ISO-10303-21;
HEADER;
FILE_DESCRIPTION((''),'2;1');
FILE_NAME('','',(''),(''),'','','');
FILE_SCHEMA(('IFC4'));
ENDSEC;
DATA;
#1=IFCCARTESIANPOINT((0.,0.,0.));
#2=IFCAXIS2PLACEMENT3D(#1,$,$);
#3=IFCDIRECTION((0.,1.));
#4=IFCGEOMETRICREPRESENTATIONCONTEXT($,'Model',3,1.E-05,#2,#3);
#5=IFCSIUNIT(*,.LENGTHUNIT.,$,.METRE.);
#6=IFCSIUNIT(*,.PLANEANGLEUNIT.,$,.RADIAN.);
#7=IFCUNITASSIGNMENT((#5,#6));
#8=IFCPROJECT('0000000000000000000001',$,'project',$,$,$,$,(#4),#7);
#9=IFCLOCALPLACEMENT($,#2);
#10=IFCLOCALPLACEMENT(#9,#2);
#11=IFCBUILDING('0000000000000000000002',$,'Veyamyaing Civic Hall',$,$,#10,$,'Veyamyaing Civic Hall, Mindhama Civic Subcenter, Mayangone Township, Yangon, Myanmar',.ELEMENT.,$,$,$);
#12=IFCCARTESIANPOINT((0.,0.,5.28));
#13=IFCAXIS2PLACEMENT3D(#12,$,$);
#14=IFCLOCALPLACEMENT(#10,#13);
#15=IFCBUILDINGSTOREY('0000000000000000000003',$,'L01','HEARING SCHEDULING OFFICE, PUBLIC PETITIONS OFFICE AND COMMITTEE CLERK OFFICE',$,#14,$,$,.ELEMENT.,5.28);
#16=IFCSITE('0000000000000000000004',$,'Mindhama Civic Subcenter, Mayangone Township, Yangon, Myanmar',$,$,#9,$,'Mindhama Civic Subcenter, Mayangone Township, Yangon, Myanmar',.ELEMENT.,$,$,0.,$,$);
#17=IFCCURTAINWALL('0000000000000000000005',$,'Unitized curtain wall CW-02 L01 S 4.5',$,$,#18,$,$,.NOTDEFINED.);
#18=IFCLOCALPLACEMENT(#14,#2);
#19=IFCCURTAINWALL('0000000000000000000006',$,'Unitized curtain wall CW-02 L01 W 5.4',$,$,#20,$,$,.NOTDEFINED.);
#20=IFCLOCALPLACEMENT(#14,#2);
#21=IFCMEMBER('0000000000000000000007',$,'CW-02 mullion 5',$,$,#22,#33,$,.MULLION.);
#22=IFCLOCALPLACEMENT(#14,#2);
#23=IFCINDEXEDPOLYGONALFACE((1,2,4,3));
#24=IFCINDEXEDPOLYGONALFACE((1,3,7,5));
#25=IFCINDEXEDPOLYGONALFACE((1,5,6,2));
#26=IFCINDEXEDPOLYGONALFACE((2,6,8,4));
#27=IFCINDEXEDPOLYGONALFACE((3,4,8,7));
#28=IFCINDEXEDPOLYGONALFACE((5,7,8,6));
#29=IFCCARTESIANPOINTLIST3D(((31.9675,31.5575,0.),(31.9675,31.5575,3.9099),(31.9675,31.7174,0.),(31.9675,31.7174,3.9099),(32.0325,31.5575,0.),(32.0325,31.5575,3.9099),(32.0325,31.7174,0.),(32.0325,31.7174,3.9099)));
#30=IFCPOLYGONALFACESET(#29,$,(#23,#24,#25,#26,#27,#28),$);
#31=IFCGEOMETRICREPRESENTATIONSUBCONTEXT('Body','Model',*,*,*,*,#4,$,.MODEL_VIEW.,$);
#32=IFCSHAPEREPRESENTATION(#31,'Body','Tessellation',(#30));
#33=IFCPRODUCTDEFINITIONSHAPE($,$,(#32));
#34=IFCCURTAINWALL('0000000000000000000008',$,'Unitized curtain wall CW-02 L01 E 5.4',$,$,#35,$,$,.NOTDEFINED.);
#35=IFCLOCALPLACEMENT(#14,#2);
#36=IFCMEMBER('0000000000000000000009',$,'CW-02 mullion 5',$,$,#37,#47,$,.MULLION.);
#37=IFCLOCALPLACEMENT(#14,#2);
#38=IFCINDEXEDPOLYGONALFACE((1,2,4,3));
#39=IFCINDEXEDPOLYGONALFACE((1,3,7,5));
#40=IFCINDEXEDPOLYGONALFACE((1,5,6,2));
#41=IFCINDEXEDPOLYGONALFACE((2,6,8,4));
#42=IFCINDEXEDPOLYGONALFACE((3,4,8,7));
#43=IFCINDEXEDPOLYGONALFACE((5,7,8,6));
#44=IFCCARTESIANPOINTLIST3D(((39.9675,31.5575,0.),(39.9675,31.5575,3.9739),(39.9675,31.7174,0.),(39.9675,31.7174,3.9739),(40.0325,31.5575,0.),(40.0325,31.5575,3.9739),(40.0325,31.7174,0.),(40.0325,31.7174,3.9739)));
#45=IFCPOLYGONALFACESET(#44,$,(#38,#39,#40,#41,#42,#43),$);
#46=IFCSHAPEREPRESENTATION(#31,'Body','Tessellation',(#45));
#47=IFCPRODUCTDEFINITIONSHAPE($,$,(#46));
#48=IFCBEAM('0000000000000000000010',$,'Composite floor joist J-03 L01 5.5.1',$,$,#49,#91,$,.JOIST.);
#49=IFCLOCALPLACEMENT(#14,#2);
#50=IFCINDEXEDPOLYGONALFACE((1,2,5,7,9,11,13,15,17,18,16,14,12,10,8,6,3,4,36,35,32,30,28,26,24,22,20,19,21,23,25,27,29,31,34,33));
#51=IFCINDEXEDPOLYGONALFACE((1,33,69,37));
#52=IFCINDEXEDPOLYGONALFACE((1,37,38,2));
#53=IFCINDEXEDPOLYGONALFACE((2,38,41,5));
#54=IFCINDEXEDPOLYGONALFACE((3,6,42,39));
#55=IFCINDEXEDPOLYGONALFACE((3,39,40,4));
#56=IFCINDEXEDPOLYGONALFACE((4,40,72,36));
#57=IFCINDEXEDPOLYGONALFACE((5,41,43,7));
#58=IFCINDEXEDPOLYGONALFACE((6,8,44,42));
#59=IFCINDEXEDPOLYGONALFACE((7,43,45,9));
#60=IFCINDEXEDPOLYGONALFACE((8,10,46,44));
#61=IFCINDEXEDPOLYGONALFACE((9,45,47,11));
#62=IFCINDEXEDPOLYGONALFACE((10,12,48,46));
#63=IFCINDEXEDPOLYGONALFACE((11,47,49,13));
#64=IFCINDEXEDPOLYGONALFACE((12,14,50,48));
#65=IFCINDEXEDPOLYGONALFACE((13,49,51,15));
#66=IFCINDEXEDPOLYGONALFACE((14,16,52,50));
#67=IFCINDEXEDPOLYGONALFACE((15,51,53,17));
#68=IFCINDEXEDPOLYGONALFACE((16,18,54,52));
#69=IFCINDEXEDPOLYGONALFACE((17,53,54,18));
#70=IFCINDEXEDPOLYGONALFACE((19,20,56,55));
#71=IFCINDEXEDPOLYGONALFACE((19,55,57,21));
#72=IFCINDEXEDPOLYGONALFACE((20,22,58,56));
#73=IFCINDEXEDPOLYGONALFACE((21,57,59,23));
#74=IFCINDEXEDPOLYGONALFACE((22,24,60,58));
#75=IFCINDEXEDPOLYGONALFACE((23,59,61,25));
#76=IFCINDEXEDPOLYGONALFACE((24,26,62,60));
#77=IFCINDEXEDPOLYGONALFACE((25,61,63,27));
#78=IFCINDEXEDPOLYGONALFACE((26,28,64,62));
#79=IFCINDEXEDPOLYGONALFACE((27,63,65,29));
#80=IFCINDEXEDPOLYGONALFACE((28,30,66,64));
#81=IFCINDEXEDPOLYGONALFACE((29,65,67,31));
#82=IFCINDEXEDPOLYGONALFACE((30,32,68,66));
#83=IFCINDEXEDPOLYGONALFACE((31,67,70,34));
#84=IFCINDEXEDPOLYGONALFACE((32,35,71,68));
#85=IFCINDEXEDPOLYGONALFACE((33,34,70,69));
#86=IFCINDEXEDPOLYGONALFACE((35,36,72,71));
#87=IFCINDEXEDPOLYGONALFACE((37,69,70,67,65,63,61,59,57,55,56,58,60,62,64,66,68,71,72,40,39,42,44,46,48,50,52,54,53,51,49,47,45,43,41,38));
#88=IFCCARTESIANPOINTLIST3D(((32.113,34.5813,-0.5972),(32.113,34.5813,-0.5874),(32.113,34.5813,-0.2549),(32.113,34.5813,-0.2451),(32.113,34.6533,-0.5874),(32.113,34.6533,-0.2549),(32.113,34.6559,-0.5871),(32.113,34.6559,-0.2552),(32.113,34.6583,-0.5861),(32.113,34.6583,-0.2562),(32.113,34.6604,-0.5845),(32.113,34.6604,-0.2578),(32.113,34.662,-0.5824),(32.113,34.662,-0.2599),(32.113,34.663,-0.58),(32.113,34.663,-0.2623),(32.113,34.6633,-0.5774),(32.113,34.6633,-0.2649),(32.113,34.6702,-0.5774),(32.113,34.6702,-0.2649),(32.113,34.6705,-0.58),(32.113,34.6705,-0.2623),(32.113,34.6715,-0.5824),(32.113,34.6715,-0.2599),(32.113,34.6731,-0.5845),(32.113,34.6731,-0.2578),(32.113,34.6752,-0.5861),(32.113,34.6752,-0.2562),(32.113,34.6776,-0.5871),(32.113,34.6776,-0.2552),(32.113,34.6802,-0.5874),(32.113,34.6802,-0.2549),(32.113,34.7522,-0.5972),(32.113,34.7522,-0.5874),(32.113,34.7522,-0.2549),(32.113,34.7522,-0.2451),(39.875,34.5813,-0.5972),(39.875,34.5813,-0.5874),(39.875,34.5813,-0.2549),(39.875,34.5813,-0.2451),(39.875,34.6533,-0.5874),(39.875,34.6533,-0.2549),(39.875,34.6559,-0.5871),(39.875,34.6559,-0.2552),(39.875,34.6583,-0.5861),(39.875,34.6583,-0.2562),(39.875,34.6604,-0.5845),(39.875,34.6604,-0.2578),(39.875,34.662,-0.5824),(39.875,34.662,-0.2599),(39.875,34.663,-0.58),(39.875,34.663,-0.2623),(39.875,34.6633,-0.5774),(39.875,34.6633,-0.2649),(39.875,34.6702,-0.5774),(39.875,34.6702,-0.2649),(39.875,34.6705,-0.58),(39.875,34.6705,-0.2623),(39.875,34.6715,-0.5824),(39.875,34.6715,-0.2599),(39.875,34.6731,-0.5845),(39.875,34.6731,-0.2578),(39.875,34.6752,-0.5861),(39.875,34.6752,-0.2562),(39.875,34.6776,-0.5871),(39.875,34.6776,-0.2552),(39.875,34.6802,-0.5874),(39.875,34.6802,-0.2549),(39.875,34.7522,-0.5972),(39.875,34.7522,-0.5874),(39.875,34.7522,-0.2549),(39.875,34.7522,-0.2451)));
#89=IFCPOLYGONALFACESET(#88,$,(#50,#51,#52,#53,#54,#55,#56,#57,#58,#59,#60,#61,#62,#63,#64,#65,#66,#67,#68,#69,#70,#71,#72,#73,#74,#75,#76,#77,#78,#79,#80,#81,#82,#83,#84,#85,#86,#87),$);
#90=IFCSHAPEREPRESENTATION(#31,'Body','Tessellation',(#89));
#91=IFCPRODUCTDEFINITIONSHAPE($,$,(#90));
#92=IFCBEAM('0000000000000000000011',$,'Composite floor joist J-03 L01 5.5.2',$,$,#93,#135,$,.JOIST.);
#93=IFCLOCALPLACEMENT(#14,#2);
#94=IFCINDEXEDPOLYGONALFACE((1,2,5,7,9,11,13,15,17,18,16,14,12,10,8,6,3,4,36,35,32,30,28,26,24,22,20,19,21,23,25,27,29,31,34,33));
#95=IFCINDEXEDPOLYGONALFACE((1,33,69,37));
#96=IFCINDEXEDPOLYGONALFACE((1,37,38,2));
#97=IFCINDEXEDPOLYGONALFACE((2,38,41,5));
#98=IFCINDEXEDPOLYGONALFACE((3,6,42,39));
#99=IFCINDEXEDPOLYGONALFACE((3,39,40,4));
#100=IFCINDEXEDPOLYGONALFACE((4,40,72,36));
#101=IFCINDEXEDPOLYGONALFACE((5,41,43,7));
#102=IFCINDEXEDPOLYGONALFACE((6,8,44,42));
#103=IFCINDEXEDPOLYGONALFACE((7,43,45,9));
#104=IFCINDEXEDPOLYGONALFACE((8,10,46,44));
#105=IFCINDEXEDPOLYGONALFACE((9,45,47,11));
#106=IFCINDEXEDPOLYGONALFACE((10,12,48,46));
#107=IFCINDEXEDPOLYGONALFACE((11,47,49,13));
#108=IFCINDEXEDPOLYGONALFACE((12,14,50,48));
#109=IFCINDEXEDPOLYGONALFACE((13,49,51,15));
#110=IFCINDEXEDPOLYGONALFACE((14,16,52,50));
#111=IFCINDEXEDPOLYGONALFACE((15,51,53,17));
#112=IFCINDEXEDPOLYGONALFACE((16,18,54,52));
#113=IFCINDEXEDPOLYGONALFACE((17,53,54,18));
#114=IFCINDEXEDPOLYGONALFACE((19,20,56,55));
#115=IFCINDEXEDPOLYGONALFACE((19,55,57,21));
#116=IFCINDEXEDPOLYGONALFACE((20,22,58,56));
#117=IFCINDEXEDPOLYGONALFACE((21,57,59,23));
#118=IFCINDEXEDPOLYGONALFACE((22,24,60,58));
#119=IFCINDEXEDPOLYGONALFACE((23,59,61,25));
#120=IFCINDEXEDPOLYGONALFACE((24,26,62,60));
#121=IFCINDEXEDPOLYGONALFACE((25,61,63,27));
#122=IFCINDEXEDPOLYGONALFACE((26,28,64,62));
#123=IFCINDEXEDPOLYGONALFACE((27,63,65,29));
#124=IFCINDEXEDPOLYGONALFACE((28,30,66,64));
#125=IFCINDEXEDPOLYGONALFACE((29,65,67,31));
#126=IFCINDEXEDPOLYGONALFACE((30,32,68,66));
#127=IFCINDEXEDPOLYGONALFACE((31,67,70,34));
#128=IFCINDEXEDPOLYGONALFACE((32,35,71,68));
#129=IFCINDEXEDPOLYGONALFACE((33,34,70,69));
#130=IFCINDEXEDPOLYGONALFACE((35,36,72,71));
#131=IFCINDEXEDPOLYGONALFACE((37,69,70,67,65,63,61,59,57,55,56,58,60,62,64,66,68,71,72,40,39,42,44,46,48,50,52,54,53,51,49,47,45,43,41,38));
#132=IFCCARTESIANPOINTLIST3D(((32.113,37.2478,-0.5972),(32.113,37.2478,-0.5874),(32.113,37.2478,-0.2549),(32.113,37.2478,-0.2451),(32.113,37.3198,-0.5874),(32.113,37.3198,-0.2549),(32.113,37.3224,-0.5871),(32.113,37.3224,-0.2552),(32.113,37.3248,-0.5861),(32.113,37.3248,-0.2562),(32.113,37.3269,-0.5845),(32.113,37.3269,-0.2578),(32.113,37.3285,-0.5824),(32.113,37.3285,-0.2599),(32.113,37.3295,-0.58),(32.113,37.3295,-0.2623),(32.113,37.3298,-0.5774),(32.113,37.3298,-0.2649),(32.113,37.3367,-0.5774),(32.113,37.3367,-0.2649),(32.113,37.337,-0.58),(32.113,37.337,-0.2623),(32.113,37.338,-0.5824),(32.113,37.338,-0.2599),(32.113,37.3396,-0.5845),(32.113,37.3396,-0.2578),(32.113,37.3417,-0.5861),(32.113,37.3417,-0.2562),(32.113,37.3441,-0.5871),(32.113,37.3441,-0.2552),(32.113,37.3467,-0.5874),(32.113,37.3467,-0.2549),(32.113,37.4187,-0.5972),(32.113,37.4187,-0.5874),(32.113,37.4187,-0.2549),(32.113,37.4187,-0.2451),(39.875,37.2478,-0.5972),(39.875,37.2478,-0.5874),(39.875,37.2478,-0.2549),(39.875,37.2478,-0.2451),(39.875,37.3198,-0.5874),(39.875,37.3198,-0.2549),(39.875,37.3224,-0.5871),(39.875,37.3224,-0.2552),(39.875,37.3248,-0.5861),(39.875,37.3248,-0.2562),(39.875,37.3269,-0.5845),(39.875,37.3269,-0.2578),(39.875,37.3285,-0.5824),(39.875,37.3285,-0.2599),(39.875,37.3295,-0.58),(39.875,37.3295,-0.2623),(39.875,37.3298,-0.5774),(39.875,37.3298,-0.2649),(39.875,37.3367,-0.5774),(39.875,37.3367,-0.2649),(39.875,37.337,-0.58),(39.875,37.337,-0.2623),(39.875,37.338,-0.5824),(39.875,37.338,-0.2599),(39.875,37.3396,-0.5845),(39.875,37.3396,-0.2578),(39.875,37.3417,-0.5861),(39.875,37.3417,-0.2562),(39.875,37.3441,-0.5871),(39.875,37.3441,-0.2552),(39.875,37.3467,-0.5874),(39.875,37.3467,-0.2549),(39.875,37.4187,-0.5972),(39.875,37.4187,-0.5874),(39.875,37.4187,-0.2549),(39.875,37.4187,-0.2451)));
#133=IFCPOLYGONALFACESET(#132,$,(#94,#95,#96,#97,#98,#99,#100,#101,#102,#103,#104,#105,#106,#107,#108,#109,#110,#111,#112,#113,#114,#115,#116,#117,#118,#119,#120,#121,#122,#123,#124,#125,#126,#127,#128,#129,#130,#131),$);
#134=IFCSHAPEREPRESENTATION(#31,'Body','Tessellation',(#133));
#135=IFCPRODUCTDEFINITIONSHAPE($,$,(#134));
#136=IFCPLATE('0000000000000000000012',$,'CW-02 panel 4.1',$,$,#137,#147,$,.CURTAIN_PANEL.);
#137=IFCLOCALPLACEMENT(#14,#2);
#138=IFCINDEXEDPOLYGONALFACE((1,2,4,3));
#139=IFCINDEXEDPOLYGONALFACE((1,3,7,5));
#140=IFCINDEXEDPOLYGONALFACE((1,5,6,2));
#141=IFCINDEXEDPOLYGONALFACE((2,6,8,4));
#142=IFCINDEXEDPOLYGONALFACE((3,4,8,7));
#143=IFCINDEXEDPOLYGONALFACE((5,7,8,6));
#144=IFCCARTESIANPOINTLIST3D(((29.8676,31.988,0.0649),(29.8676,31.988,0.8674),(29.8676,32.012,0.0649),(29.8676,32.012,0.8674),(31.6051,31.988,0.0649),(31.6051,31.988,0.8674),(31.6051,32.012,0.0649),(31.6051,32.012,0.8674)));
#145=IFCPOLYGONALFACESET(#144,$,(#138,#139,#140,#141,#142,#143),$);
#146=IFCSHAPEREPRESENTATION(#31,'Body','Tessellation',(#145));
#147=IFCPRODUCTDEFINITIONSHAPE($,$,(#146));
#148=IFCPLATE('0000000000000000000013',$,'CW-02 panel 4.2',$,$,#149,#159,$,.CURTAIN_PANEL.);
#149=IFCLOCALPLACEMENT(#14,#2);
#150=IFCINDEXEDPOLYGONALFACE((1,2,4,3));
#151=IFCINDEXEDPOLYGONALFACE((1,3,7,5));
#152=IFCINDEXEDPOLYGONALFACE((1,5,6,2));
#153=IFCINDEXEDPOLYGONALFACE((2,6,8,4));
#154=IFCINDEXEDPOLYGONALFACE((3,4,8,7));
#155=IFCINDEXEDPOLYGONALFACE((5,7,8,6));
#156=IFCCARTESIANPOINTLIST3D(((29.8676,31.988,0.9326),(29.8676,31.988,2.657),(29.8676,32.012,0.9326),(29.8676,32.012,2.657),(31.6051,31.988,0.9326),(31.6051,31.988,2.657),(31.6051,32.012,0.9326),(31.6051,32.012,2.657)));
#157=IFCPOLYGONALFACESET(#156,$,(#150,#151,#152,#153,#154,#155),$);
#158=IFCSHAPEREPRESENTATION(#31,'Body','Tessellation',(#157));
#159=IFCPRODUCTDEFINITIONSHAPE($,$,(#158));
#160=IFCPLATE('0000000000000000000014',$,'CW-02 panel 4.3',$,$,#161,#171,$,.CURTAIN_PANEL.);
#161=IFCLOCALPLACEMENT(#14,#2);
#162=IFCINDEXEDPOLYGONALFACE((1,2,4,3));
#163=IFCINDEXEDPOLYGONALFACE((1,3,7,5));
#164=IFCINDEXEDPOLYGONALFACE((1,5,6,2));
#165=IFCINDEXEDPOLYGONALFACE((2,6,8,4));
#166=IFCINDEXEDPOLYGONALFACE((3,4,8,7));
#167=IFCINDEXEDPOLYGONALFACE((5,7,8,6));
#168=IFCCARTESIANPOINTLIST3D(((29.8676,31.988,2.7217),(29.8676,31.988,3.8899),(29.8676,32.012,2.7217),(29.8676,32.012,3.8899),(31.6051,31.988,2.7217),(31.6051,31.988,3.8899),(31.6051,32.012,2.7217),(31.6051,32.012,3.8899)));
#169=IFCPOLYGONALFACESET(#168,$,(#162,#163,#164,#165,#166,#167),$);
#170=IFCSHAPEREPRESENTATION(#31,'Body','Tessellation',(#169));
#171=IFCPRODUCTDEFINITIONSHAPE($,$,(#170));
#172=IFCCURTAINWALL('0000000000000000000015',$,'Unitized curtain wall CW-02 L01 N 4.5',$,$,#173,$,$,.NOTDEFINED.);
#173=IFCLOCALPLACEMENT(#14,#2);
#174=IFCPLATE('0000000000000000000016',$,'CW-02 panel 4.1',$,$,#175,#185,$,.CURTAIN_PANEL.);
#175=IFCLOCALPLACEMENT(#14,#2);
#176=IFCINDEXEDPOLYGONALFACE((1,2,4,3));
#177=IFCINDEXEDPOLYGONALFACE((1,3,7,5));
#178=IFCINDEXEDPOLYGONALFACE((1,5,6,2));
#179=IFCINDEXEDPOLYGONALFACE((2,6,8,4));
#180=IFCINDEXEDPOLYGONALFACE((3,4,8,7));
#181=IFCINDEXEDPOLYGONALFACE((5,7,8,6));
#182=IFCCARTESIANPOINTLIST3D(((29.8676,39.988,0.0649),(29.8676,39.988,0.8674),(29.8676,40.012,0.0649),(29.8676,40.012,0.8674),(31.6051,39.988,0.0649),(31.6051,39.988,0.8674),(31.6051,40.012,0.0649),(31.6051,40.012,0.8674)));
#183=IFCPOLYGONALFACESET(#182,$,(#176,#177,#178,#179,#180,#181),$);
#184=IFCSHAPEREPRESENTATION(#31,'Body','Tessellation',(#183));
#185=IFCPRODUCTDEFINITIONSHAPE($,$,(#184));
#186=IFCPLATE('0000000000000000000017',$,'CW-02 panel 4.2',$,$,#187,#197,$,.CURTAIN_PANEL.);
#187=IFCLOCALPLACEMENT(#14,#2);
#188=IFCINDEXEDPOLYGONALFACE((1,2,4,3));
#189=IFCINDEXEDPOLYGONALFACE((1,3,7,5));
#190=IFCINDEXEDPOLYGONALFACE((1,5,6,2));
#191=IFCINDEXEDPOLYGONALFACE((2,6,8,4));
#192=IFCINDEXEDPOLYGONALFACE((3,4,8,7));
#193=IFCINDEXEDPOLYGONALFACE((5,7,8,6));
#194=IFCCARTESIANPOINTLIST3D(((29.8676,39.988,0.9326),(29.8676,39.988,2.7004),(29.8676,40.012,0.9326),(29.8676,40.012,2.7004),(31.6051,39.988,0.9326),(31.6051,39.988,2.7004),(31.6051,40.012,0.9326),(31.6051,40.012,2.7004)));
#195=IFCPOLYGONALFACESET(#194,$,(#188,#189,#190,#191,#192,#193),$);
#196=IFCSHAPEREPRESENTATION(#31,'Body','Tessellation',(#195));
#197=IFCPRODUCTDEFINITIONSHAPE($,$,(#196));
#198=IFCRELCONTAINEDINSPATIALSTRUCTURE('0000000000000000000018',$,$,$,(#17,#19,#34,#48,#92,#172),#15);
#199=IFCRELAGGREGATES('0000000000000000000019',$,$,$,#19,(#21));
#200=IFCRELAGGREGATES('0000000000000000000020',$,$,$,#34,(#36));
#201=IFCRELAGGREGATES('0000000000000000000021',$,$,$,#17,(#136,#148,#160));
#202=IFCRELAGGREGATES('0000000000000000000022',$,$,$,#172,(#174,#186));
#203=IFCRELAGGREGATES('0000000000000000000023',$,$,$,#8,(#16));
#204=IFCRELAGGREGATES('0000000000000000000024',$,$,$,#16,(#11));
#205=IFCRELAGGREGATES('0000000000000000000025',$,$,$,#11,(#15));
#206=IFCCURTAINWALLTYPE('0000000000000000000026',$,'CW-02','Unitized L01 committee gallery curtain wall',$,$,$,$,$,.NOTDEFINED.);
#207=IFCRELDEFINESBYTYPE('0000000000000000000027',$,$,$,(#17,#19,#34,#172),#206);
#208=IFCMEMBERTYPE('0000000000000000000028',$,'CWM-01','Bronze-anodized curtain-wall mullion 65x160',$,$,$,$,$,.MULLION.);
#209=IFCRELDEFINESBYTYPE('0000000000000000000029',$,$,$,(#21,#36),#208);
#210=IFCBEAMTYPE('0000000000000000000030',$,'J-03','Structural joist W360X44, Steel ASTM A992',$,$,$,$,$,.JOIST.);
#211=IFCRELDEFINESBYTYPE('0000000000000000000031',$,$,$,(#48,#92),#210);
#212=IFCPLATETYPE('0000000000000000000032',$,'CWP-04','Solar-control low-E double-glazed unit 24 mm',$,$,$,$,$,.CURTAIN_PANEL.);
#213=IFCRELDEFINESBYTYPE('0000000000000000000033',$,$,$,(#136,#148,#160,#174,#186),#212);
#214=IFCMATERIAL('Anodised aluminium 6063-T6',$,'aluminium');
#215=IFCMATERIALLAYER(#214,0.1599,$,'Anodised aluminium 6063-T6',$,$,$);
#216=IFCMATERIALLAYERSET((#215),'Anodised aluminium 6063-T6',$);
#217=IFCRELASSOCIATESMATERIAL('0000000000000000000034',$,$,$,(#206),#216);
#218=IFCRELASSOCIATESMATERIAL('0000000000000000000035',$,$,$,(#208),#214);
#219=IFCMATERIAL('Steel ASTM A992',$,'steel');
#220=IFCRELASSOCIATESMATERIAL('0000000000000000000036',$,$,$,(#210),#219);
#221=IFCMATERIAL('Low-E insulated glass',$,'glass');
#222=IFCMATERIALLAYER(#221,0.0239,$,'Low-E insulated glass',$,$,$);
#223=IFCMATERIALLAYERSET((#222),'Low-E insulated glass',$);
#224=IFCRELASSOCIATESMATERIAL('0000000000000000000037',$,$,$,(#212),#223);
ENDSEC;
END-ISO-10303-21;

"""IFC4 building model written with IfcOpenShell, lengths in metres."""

from ifc_helpers import new_model, si_unit, direction, frame, origin, origin_2d, place, context, subcontext, project, spatial, rectangle, i_section, extrude, material, layer, layer_set, material_profile, profile_set, type_object, element, aggregate, save


model = new_model("IFC4")

# Units and contexts
model_context = context("Model", 3, precision=1e-05, world=origin(), true_north=direction((0.0, 1.0)))
body_context = subcontext(model_context, "Body", "Model", "MODEL_VIEW")
ifc_project = project(units=[si_unit("LENGTHUNIT", "METRE"), si_unit("PLANEANGLEUNIT", "RADIAN")], contexts=[model_context])

# Site, building, storey
site_placement = place(None, origin())
site = spatial("IfcSite", under=ifc_project, at=site_placement, Name="Mindhama Civic Subcenter, Mayangone Township, Yangon, Myanmar", LongName="Mindhama Civic Subcenter, Mayangone Township, Yangon, Myanmar", CompositionType="ELEMENT", RefElevation=0.0)
building_placement = place(site_placement, origin())
building = spatial("IfcBuilding", under=site, at=building_placement, Name="Veyamyaing Civic Hall", LongName="Veyamyaing Civic Hall, Mindhama Civic Subcenter, Mayangone Township, Yangon, Myanmar", CompositionType="ELEMENT")
storey_placement = place(building_placement, frame((0.0, 0.0, 5.28)))
storey = spatial("IfcBuildingStorey", under=building, at=storey_placement, Name="L01", Description="HEARING SCHEDULING OFFICE, PUBLIC PETITIONS OFFICE AND COMMITTEE CLERK OFFICE", CompositionType="ELEMENT", Elevation=5.28)

# Shared definitions
ifc_material_1 = material(Name="Steel ASTM A992", Category="steel")

# Curtain walls, members
ifc_material_2 = material(Name="Anodised aluminium 6063-T6", Category="aluminium")
ifc_layer_1 = layer(ifc_material_2, 0.1599, Name="Anodised aluminium 6063-T6")
ifc_layer_set_1 = layer_set([ifc_layer_1], Name="Anodised aluminium 6063-T6")
curtain_wall_type = type_object("IfcCurtainWallType", Name="CW-02", Description="Unitized L01 committee gallery curtain wall", PredefinedType="NOTDEFINED", material=ifc_layer_set_1)
curtain_wall_1_placement = place(storey_placement, origin())
curtain_wall_1 = element("IfcCurtainWall", 1, at=curtain_wall_1_placement, inside=storey, type_object=curtain_wall_type, Name="Unitized curtain wall CW-02 L01 S 4.5", PredefinedType="NOTDEFINED")
ifc_material_profile_1 = material_profile(ifc_material_2, rectangle(XDim=0.0649, YDim=0.1599, at=origin_2d()), Name="ALU-MUL-65X160")
ifc_profile_set_1 = profile_set([ifc_material_profile_1], Name="Anodised aluminium 6063-T6")
member_type = type_object("IfcMemberType", Name="CWM-01", Description="Bronze-anodized curtain-wall mullion 65x160", PredefinedType="MULLION", material=ifc_profile_set_1)
curtain_wall_2_placement = place(storey_placement, origin())
curtain_wall_2 = element("IfcCurtainWall", 2, at=curtain_wall_2_placement, inside=storey, type_object=curtain_wall_type, Name="Unitized curtain wall CW-02 L01 W 5.4", PredefinedType="NOTDEFINED")
member_1_placement = place(storey_placement, frame((32.0, 31.6375, 0.0), z_axis=(0.0, 0.0, 1.0), x_axis=(-1.0, 0.0, 0.0)))
member_1 = element("IfcMember", 3, at=member_1_placement, type_object=member_type, Name="CW-02 mullion 5", PredefinedType="MULLION", context=body_context, shape_type="SweptSolid", body=[
    extrude(rectangle(XDim=0.0649, YDim=0.1599, at=origin_2d()), origin(), (0.0, 0.0, 1.0), 3.9099),
])
aggregate(curtain_wall_2, [member_1])
curtain_wall_3_placement = place(storey_placement, origin())
curtain_wall_3 = element("IfcCurtainWall", 4, at=curtain_wall_3_placement, inside=storey, type_object=curtain_wall_type, Name="Unitized curtain wall CW-02 L01 E 5.4", PredefinedType="NOTDEFINED")
member_2_placement = place(storey_placement, frame((40.0, 31.6375, 0.0), z_axis=(0.0, 0.0, 1.0), x_axis=(-1.0, 0.0, 0.0)))
member_2 = element("IfcMember", 5, at=member_2_placement, type_object=member_type, Name="CW-02 mullion 5", PredefinedType="MULLION", context=body_context, shape_type="SweptSolid", body=[
    extrude(rectangle(XDim=0.0649, YDim=0.1599, at=origin_2d()), origin(), (0.0, 0.0, 1.0), 3.9739),
])
aggregate(curtain_wall_3, [member_2])

# Beams
ifc_material_profile_2 = material_profile(ifc_material_1, i_section(OverallWidth=0.1709, OverallDepth=0.3521, WebThickness=0.0068, FlangeThickness=0.0098, FilletRadius=0.01, at=origin_2d()), Name="W360X44")
ifc_profile_set_2 = profile_set([ifc_material_profile_2], Name="Steel ASTM A992")
beam_type_1 = type_object("IfcBeamType", Name="J-03", Description="Structural joist W360X44, Steel ASTM A992", PredefinedType="JOIST", material=ifc_profile_set_2)
for number, where, z_axis, x_axis, name in (
    (6, (32.113, 34.6667, -0.4211), (1.0, 0.0, 0.0), (0.0, 1.0, 0.0), "Composite floor joist J-03 L01 5.5.1"),
    (7, (32.113, 37.3333, -0.4211), (1.0, 0.0, 0.0), (0.0, 1.0, 0.0), "Composite floor joist J-03 L01 5.5.2"),
):
    element("IfcBeam", number, at=place(storey_placement, frame(where, z_axis=z_axis, x_axis=x_axis)), inside=storey, type_object=beam_type_1, Name=name, PredefinedType="JOIST", context=body_context, shape_type="SweptSolid", body=[
        extrude(i_section(OverallWidth=0.1709, OverallDepth=0.3521, WebThickness=0.0068, FlangeThickness=0.0098, FilletRadius=0.01, at=origin_2d()), origin(), (0.0, 0.0, 1.0), 7.762),
    ])

# Plates
ifc_material_3 = material(Name="Low-E insulated glass", Category="glass")
ifc_layer_2 = layer(ifc_material_3, 0.0239, Name="Low-E insulated glass")
ifc_layer_set_2 = layer_set([ifc_layer_2], Name="Low-E insulated glass")
plate_type = type_object("IfcPlateType", Name="CWP-04", Description="Solar-control low-E double-glazed unit 24 mm", PredefinedType="CURTAIN_PANEL", material=ifc_layer_set_2)
plate_1_placement = place(storey_placement, frame((30.7363, 32.0, 0.0649), z_axis=(0.0, 0.0, 1.0), x_axis=(1.0, 0.0, 0.0)))
plate_1 = element("IfcPlate", 8, at=plate_1_placement, type_object=plate_type, Name="CW-02 panel 4.1", PredefinedType="CURTAIN_PANEL", context=body_context, shape_type="SweptSolid", body=[
    extrude(rectangle(XDim=1.7375, YDim=0.0239, at=origin_2d()), origin(), (0.0, 0.0, 1.0), 0.8025),
])
plate_2_placement = place(storey_placement, frame((30.7363, 32.0, 0.9326), z_axis=(0.0, 0.0, 1.0), x_axis=(1.0, 0.0, 0.0)))
plate_2 = element("IfcPlate", 9, at=plate_2_placement, type_object=plate_type, Name="CW-02 panel 4.2", PredefinedType="CURTAIN_PANEL", context=body_context, shape_type="SweptSolid", body=[
    extrude(rectangle(XDim=1.7375, YDim=0.0239, at=origin_2d()), origin(), (0.0, 0.0, 1.0), 1.7244),
])
plate_3_placement = place(storey_placement, frame((30.7363, 32.0, 2.7217), z_axis=(0.0, 0.0, 1.0), x_axis=(1.0, 0.0, 0.0)))
plate_3 = element("IfcPlate", 10, at=plate_3_placement, type_object=plate_type, Name="CW-02 panel 4.3", PredefinedType="CURTAIN_PANEL", context=body_context, shape_type="SweptSolid", body=[
    extrude(rectangle(XDim=1.7375, YDim=0.0239, at=origin_2d()), origin(), (0.0, 0.0, 1.0), 1.1682),
])
aggregate(curtain_wall_1, [plate_1, plate_2, plate_3])

# Curtain wall, plates
curtain_wall_4_placement = place(storey_placement, origin())
curtain_wall_4 = element("IfcCurtainWall", 11, at=curtain_wall_4_placement, inside=storey, type_object=curtain_wall_type, Name="Unitized curtain wall CW-02 L01 N 4.5", PredefinedType="NOTDEFINED")
plate_4_placement = place(storey_placement, frame((30.7363, 40.0, 0.0649), z_axis=(0.0, 0.0, 1.0), x_axis=(1.0, 0.0, 0.0)))
plate_4 = element("IfcPlate", 12, at=plate_4_placement, type_object=plate_type, Name="CW-02 panel 4.1", PredefinedType="CURTAIN_PANEL", context=body_context, shape_type="SweptSolid", body=[
    extrude(rectangle(XDim=1.7375, YDim=0.0239, at=origin_2d()), origin(), (0.0, 0.0, 1.0), 0.8025),
])
plate_5_placement = place(storey_placement, frame((30.7363, 40.0, 0.9326), z_axis=(0.0, 0.0, 1.0), x_axis=(1.0, 0.0, 0.0)))
plate_5 = element("IfcPlate", 13, at=plate_5_placement, type_object=plate_type, Name="CW-02 panel 4.2", PredefinedType="CURTAIN_PANEL", context=body_context, shape_type="SweptSolid", body=[
    extrude(rectangle(XDim=1.7375, YDim=0.0239, at=origin_2d()), origin(), (0.0, 0.0, 1.0), 1.7678),
])
aggregate(curtain_wall_4, [plate_4, plate_5])

save(model, "model.ifc")
